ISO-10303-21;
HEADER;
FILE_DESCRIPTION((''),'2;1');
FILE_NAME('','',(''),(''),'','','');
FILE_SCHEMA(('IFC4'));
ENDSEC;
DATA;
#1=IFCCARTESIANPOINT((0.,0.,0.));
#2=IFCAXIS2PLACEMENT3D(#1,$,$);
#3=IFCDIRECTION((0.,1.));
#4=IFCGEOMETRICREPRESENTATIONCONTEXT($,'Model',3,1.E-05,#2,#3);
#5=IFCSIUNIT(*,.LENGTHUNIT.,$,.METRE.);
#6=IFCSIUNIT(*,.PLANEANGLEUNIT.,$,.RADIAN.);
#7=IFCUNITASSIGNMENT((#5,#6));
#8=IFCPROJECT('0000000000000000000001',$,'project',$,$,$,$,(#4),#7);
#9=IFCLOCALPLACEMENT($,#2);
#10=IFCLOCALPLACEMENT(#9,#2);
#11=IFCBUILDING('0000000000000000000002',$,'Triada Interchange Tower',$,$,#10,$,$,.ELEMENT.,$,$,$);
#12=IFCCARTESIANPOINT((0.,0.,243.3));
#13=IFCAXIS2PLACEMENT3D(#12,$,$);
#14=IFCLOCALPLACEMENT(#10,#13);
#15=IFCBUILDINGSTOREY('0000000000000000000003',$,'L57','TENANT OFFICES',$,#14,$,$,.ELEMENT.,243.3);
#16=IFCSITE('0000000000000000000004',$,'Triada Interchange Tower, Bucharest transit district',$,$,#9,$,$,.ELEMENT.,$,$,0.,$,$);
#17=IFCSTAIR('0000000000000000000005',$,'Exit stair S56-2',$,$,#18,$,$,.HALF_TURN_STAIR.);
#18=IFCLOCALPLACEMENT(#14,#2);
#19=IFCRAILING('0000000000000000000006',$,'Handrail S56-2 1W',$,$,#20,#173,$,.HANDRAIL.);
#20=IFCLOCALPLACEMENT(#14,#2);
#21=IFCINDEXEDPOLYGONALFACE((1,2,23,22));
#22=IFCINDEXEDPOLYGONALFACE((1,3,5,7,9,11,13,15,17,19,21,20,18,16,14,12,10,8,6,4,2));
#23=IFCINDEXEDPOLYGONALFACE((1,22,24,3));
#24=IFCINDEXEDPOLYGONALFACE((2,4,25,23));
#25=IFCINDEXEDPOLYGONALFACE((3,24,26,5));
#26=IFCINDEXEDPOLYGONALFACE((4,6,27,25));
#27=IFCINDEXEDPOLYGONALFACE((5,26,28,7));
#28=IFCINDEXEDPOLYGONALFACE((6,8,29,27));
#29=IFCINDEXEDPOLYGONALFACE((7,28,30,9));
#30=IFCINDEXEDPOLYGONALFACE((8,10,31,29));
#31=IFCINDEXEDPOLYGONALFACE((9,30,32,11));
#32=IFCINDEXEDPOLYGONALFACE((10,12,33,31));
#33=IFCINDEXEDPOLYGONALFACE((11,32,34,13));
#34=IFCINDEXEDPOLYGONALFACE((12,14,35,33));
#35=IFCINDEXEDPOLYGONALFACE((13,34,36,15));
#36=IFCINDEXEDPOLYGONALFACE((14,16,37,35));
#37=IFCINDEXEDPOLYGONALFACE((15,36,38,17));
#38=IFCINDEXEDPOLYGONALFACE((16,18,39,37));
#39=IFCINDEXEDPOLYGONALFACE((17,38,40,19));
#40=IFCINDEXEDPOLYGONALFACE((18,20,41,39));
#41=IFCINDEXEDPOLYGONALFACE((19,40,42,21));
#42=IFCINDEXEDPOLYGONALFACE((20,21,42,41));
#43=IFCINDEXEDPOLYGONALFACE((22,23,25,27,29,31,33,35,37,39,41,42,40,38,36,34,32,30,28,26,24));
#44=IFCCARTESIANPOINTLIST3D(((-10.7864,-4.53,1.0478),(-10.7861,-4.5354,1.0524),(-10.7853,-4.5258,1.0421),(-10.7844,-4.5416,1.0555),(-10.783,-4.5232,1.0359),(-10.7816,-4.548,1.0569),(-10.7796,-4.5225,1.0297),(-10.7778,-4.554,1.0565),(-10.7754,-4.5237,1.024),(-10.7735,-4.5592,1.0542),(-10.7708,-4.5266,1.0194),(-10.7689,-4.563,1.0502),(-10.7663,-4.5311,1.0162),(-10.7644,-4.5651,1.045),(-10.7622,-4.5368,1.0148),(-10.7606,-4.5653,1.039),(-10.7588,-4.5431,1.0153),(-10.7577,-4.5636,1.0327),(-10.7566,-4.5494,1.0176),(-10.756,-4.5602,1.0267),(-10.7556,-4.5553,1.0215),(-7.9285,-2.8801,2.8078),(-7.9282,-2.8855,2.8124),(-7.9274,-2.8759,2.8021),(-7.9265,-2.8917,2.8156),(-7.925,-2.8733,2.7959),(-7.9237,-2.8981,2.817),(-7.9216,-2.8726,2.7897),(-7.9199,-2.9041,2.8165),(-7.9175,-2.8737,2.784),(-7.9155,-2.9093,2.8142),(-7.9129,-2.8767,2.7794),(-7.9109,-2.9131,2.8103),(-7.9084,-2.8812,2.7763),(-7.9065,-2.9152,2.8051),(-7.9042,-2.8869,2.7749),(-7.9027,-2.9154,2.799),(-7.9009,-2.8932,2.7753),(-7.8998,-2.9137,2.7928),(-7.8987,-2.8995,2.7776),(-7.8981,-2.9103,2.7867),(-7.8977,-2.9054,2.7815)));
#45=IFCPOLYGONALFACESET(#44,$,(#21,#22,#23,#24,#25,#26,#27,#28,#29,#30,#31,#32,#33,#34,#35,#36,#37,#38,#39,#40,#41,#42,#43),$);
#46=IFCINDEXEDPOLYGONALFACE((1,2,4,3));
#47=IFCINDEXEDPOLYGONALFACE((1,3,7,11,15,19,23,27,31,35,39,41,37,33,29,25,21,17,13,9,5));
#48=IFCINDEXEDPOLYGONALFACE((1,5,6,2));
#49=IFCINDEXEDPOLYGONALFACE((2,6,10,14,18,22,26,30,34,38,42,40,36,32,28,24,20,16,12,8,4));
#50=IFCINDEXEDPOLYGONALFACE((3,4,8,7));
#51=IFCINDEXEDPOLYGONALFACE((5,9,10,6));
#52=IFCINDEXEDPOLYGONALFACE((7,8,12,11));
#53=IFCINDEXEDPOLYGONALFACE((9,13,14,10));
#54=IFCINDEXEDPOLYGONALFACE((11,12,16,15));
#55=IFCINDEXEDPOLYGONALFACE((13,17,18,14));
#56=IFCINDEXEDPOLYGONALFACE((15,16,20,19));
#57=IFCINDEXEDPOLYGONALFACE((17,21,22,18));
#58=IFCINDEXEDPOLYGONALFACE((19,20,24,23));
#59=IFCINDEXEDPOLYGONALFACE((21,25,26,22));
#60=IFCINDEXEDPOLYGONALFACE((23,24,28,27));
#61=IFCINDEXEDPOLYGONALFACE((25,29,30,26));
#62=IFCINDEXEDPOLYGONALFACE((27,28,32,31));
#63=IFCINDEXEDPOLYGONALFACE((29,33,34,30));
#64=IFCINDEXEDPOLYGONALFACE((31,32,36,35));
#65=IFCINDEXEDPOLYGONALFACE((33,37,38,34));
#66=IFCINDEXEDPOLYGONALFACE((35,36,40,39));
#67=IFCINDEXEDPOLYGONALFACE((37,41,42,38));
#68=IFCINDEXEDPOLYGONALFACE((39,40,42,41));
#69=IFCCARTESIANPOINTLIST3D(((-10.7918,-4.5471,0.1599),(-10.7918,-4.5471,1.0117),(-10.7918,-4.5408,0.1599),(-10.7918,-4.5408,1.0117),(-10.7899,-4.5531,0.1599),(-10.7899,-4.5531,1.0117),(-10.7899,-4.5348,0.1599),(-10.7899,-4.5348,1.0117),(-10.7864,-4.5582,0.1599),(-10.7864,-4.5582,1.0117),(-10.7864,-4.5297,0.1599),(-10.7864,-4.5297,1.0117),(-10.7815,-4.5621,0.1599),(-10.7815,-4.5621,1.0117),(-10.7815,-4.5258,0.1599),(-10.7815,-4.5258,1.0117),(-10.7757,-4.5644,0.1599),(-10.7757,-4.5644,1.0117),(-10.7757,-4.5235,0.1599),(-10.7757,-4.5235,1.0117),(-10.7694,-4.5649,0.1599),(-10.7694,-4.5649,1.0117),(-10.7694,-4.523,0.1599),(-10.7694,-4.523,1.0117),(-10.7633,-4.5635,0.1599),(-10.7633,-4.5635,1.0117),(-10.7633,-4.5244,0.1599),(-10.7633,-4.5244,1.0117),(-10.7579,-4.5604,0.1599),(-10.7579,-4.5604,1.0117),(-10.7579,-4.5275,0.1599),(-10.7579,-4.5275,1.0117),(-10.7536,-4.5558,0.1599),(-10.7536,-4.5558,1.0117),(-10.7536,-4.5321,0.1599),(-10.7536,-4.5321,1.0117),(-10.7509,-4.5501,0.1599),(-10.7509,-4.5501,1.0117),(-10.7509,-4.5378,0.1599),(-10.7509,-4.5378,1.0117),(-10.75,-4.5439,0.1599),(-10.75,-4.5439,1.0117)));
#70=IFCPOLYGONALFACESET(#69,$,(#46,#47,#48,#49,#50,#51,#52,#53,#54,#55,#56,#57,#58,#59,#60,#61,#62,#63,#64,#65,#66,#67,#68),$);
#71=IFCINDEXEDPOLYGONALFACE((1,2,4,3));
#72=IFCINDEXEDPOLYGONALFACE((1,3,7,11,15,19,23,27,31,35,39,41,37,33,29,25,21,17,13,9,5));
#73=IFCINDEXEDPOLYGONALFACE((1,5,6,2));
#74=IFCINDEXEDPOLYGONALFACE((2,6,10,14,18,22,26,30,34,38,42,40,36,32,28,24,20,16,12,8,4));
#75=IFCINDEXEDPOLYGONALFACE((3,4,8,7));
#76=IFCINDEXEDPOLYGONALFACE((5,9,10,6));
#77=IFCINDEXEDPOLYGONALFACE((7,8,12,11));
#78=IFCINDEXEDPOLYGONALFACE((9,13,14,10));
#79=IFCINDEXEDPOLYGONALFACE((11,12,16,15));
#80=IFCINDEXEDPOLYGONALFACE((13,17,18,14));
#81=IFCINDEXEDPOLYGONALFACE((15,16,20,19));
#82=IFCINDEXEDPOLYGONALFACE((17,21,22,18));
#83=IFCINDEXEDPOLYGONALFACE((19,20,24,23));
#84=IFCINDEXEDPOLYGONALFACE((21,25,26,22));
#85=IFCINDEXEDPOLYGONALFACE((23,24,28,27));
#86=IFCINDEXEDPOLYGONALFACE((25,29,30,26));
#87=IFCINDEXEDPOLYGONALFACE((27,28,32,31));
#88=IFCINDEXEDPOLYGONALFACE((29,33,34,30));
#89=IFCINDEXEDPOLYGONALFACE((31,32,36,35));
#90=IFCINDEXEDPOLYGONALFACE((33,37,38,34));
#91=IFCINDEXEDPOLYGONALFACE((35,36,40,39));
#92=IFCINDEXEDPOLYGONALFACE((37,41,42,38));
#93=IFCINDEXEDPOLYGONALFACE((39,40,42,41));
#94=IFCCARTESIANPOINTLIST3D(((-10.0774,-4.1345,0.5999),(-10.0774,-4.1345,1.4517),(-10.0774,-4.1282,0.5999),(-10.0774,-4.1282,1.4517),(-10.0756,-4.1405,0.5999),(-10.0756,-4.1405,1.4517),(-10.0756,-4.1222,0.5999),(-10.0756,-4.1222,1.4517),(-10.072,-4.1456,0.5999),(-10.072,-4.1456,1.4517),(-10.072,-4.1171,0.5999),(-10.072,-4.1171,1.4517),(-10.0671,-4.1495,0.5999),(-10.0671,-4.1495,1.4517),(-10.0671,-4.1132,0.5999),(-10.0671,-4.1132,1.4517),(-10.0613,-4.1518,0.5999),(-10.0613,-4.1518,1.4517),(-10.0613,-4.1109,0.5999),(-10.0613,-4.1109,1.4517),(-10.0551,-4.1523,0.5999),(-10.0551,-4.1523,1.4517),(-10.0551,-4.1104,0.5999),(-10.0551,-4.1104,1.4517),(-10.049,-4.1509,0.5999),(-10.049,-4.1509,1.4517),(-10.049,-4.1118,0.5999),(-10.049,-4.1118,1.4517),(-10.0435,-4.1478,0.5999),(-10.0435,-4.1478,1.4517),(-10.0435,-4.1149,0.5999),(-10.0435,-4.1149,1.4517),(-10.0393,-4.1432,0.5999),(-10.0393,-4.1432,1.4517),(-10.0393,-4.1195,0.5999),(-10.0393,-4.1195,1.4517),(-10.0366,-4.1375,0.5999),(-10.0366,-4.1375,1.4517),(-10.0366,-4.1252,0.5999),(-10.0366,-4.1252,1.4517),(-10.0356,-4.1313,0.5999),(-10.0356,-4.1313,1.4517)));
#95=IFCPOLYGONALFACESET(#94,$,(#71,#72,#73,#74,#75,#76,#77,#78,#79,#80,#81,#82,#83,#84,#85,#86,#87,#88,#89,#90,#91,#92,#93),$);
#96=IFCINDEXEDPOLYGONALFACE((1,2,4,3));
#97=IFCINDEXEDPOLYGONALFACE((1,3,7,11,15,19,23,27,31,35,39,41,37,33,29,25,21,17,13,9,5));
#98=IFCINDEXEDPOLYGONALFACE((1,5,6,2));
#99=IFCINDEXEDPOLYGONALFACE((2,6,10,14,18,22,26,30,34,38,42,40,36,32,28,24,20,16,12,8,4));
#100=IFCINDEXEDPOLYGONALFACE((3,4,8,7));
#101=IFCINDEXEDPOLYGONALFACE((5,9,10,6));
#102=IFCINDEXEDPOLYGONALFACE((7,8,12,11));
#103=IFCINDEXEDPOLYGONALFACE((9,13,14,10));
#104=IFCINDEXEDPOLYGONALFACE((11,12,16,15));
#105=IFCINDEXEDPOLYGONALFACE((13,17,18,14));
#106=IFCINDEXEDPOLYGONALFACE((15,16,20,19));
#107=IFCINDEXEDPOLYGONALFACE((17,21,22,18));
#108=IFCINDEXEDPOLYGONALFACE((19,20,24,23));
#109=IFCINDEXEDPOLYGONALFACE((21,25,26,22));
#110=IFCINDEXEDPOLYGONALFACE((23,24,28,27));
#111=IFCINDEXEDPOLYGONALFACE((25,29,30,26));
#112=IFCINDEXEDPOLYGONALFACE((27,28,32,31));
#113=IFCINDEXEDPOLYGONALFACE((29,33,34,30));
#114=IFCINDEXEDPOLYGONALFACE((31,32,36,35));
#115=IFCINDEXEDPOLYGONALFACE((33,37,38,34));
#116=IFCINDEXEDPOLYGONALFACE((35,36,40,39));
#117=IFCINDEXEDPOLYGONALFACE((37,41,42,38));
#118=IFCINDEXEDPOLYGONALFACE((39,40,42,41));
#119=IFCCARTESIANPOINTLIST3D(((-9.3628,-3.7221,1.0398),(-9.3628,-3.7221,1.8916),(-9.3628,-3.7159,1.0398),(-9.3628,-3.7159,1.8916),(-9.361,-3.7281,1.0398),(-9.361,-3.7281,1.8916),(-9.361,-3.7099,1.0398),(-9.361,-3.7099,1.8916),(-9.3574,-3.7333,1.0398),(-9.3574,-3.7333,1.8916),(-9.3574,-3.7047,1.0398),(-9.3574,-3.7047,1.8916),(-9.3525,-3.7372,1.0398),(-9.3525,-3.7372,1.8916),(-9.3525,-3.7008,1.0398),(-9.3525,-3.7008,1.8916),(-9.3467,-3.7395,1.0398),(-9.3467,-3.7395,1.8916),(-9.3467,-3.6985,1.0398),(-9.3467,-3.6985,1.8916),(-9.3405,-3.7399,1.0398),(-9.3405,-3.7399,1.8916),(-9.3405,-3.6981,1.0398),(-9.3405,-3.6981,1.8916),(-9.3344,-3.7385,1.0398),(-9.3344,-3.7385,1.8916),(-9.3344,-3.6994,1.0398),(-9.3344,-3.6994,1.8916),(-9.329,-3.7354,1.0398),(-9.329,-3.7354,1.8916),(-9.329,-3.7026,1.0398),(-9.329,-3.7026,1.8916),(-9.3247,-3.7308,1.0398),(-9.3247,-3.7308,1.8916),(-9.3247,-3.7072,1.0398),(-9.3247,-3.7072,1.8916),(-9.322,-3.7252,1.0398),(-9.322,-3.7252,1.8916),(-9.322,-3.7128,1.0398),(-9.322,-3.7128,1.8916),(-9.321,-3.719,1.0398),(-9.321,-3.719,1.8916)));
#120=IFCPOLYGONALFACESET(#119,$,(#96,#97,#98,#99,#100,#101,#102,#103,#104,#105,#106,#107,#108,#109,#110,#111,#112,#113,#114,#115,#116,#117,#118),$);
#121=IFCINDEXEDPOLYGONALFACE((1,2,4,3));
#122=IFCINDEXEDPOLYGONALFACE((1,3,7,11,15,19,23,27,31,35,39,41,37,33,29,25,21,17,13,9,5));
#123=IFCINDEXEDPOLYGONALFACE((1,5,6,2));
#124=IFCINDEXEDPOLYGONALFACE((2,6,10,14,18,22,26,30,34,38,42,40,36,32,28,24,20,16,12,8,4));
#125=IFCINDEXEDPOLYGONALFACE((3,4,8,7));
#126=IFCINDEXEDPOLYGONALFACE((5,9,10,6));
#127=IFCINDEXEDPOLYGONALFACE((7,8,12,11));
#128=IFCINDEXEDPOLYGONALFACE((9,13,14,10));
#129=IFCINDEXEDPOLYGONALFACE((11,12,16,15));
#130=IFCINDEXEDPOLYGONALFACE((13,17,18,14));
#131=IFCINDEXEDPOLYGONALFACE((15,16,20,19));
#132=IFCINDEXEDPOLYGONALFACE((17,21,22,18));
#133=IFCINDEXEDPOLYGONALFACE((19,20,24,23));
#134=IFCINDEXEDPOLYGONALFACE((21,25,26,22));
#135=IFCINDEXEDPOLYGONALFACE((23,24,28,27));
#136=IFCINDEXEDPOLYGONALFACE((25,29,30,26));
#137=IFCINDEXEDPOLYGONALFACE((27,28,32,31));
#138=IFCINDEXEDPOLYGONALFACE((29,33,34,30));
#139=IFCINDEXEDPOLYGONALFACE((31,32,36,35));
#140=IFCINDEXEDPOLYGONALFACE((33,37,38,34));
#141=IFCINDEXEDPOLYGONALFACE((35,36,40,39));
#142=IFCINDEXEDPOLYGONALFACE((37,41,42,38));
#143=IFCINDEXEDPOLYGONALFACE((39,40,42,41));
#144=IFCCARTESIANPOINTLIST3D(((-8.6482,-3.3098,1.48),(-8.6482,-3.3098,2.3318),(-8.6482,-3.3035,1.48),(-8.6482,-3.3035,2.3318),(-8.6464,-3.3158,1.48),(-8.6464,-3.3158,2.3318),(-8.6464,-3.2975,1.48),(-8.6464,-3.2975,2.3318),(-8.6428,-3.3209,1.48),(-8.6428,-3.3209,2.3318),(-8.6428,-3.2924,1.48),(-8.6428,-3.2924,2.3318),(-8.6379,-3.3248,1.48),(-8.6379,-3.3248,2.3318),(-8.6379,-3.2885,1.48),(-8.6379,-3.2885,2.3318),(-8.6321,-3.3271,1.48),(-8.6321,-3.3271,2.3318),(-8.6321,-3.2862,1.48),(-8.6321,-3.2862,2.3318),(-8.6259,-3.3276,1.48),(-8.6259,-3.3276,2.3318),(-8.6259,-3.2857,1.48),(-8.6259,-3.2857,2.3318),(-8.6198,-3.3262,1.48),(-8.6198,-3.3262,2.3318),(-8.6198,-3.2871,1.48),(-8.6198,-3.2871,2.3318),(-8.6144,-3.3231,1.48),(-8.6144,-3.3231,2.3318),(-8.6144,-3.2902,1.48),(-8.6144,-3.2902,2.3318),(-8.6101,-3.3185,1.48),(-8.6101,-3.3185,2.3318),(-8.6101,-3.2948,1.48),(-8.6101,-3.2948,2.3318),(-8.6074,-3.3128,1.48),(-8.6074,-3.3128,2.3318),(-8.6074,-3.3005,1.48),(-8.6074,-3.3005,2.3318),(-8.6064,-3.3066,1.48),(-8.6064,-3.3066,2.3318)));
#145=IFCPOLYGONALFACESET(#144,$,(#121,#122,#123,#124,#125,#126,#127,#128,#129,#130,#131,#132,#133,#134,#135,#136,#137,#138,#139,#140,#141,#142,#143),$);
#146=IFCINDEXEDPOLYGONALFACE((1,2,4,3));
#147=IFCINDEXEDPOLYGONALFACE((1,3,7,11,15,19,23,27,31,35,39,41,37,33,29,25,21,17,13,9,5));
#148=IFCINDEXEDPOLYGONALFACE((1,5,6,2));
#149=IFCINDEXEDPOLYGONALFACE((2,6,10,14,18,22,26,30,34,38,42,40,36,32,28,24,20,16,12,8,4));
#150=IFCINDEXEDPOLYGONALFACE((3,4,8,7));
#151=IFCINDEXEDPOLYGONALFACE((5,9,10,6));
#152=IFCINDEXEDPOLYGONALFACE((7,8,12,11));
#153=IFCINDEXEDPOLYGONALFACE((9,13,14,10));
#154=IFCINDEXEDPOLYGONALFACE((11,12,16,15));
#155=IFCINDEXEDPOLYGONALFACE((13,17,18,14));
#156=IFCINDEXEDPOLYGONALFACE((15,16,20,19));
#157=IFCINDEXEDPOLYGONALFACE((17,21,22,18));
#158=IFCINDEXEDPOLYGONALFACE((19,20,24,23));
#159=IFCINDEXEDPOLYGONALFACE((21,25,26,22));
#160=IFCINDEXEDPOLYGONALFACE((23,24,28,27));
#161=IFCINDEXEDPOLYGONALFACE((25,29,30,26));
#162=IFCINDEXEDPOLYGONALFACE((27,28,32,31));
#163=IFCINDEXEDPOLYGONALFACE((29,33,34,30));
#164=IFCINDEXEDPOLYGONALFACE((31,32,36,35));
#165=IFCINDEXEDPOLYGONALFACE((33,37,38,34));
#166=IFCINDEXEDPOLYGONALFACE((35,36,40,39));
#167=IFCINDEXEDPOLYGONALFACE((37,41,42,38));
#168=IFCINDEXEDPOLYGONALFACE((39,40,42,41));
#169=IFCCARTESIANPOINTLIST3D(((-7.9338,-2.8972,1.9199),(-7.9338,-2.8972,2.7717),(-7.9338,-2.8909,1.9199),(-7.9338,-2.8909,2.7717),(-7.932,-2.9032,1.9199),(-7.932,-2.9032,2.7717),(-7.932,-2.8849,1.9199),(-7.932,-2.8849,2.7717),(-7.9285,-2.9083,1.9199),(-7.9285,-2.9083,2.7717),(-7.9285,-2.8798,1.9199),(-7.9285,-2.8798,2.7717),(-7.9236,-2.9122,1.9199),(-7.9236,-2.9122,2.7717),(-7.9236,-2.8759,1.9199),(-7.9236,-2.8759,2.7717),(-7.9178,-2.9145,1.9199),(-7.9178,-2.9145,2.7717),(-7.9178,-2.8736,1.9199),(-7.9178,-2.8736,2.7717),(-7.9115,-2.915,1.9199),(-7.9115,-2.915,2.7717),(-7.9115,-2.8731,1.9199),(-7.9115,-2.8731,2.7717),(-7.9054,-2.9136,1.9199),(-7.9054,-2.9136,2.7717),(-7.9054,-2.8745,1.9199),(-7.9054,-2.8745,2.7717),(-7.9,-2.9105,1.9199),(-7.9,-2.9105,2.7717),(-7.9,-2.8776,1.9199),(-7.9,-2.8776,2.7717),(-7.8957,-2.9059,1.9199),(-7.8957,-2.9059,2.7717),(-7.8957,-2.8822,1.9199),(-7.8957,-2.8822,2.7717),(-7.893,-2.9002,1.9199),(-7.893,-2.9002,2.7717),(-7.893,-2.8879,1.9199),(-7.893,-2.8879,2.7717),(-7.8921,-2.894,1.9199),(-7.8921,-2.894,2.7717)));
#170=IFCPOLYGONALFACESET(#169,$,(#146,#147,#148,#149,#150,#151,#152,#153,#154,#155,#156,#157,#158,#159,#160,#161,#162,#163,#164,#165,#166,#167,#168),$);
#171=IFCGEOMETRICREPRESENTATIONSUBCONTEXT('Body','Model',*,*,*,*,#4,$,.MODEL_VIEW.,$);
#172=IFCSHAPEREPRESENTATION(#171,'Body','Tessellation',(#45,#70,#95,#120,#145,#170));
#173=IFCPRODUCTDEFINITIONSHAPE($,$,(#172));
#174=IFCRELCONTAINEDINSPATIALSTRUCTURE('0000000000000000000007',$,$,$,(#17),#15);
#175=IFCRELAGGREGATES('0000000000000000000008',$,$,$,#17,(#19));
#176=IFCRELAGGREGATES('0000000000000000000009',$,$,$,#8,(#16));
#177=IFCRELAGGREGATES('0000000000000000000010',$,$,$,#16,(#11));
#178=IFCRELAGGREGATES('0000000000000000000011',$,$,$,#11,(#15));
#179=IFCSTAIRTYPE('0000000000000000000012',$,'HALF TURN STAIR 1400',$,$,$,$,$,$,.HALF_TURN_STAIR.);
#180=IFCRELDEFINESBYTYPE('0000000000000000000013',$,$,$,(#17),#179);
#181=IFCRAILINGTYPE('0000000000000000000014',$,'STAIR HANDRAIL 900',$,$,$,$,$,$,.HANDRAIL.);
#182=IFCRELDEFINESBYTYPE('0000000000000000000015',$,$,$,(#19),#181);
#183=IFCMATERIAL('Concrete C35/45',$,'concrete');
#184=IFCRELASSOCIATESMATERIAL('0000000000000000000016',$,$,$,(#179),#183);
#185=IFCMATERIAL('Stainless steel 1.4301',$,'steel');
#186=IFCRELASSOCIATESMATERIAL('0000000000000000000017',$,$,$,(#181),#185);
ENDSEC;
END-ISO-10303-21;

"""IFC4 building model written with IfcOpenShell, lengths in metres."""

from ifc_helpers import new_model, si_unit, direction, frame, origin, origin_2d, place, context, subcontext, project, spatial, circle, extrude, material, type_object, element, aggregate, save


model = new_model("IFC4")

# Units and contexts
model_context = context("Model", 3, precision=1e-05, world=origin(), true_north=direction((0.0, 1.0)))
body_context = subcontext(model_context, "Body", "Model", "MODEL_VIEW")
ifc_project = project(units=[si_unit("LENGTHUNIT", "METRE"), si_unit("PLANEANGLEUNIT", "RADIAN")], contexts=[model_context])

# Site, building, storey
site_placement = place(None, origin())
site = spatial("IfcSite", under=ifc_project, at=site_placement, Name="Triada Interchange Tower, Bucharest transit district", CompositionType="ELEMENT", RefElevation=0.0)
building_placement = place(site_placement, origin())
building = spatial("IfcBuilding", under=site, at=building_placement, Name="Triada Interchange Tower", CompositionType="ELEMENT")
storey_placement = place(building_placement, frame((0.0, 0.0, 243.3)))
storey = spatial("IfcBuildingStorey", under=building, at=storey_placement, Name="L57", Description="TENANT OFFICES", CompositionType="ELEMENT", Elevation=243.3)

# Stair, railing
ifc_material_1 = material(Name="Concrete C35/45", Category="concrete")
stair_type = type_object("IfcStairType", Name="HALF TURN STAIR 1400", PredefinedType="HALF_TURN_STAIR", material=ifc_material_1)
stair_placement = place(storey_placement, origin())
stair = element("IfcStair", 1, at=stair_placement, inside=storey, type_object=stair_type, Name="Exit stair S56-2", PredefinedType="HALF_TURN_STAIR")
ifc_material_2 = material(Name="Stainless steel 1.4301", Category="steel")
railing_type = type_object("IfcRailingType", Name="STAIR HANDRAIL 900", PredefinedType="HANDRAIL", material=ifc_material_2)
railing_1_placement = place(storey_placement, frame((-10.771, -4.5439, 0.1599)))
railing_1 = element("IfcRailing", 2, at=railing_1_placement, type_object=railing_type, Name="Handrail S56-2 1W", PredefinedType="HANDRAIL", context=body_context, shape_type="SweptSolid", body=[
    extrude(circle(Radius=0.0239, at=origin_2d()), frame((0.0, 0.0, 0.876), z_axis=(0.764151, 0.441153, 0.470593), x_axis=(-0.499974, 0.86604, 0.0)), (0.0, 0.0, 1.0), 3.74),
    extrude(circle(Radius=0.021, at=origin_2d()), origin(), (0.0, 0.0, 1.0), 0.8518),
    extrude(circle(Radius=0.021, at=origin_2d()), frame((0.7144, 0.4126, 0.4399)), (0.0, 0.0, 1.0), 0.8518),
    extrude(circle(Radius=0.021, at=origin_2d()), frame((1.429, 0.825, 0.8799)), (0.0, 0.0, 1.0), 0.8518),
    extrude(circle(Radius=0.021, at=origin_2d()), frame((2.1436, 1.2373, 1.3201)), (0.0, 0.0, 1.0), 0.8518),
    extrude(circle(Radius=0.021, at=origin_2d()), frame((2.8579, 1.6499, 1.76)), (0.0, 0.0, 1.0), 0.8518),
])
aggregate(stair, [railing_1])

save(model, "model.ifc")
